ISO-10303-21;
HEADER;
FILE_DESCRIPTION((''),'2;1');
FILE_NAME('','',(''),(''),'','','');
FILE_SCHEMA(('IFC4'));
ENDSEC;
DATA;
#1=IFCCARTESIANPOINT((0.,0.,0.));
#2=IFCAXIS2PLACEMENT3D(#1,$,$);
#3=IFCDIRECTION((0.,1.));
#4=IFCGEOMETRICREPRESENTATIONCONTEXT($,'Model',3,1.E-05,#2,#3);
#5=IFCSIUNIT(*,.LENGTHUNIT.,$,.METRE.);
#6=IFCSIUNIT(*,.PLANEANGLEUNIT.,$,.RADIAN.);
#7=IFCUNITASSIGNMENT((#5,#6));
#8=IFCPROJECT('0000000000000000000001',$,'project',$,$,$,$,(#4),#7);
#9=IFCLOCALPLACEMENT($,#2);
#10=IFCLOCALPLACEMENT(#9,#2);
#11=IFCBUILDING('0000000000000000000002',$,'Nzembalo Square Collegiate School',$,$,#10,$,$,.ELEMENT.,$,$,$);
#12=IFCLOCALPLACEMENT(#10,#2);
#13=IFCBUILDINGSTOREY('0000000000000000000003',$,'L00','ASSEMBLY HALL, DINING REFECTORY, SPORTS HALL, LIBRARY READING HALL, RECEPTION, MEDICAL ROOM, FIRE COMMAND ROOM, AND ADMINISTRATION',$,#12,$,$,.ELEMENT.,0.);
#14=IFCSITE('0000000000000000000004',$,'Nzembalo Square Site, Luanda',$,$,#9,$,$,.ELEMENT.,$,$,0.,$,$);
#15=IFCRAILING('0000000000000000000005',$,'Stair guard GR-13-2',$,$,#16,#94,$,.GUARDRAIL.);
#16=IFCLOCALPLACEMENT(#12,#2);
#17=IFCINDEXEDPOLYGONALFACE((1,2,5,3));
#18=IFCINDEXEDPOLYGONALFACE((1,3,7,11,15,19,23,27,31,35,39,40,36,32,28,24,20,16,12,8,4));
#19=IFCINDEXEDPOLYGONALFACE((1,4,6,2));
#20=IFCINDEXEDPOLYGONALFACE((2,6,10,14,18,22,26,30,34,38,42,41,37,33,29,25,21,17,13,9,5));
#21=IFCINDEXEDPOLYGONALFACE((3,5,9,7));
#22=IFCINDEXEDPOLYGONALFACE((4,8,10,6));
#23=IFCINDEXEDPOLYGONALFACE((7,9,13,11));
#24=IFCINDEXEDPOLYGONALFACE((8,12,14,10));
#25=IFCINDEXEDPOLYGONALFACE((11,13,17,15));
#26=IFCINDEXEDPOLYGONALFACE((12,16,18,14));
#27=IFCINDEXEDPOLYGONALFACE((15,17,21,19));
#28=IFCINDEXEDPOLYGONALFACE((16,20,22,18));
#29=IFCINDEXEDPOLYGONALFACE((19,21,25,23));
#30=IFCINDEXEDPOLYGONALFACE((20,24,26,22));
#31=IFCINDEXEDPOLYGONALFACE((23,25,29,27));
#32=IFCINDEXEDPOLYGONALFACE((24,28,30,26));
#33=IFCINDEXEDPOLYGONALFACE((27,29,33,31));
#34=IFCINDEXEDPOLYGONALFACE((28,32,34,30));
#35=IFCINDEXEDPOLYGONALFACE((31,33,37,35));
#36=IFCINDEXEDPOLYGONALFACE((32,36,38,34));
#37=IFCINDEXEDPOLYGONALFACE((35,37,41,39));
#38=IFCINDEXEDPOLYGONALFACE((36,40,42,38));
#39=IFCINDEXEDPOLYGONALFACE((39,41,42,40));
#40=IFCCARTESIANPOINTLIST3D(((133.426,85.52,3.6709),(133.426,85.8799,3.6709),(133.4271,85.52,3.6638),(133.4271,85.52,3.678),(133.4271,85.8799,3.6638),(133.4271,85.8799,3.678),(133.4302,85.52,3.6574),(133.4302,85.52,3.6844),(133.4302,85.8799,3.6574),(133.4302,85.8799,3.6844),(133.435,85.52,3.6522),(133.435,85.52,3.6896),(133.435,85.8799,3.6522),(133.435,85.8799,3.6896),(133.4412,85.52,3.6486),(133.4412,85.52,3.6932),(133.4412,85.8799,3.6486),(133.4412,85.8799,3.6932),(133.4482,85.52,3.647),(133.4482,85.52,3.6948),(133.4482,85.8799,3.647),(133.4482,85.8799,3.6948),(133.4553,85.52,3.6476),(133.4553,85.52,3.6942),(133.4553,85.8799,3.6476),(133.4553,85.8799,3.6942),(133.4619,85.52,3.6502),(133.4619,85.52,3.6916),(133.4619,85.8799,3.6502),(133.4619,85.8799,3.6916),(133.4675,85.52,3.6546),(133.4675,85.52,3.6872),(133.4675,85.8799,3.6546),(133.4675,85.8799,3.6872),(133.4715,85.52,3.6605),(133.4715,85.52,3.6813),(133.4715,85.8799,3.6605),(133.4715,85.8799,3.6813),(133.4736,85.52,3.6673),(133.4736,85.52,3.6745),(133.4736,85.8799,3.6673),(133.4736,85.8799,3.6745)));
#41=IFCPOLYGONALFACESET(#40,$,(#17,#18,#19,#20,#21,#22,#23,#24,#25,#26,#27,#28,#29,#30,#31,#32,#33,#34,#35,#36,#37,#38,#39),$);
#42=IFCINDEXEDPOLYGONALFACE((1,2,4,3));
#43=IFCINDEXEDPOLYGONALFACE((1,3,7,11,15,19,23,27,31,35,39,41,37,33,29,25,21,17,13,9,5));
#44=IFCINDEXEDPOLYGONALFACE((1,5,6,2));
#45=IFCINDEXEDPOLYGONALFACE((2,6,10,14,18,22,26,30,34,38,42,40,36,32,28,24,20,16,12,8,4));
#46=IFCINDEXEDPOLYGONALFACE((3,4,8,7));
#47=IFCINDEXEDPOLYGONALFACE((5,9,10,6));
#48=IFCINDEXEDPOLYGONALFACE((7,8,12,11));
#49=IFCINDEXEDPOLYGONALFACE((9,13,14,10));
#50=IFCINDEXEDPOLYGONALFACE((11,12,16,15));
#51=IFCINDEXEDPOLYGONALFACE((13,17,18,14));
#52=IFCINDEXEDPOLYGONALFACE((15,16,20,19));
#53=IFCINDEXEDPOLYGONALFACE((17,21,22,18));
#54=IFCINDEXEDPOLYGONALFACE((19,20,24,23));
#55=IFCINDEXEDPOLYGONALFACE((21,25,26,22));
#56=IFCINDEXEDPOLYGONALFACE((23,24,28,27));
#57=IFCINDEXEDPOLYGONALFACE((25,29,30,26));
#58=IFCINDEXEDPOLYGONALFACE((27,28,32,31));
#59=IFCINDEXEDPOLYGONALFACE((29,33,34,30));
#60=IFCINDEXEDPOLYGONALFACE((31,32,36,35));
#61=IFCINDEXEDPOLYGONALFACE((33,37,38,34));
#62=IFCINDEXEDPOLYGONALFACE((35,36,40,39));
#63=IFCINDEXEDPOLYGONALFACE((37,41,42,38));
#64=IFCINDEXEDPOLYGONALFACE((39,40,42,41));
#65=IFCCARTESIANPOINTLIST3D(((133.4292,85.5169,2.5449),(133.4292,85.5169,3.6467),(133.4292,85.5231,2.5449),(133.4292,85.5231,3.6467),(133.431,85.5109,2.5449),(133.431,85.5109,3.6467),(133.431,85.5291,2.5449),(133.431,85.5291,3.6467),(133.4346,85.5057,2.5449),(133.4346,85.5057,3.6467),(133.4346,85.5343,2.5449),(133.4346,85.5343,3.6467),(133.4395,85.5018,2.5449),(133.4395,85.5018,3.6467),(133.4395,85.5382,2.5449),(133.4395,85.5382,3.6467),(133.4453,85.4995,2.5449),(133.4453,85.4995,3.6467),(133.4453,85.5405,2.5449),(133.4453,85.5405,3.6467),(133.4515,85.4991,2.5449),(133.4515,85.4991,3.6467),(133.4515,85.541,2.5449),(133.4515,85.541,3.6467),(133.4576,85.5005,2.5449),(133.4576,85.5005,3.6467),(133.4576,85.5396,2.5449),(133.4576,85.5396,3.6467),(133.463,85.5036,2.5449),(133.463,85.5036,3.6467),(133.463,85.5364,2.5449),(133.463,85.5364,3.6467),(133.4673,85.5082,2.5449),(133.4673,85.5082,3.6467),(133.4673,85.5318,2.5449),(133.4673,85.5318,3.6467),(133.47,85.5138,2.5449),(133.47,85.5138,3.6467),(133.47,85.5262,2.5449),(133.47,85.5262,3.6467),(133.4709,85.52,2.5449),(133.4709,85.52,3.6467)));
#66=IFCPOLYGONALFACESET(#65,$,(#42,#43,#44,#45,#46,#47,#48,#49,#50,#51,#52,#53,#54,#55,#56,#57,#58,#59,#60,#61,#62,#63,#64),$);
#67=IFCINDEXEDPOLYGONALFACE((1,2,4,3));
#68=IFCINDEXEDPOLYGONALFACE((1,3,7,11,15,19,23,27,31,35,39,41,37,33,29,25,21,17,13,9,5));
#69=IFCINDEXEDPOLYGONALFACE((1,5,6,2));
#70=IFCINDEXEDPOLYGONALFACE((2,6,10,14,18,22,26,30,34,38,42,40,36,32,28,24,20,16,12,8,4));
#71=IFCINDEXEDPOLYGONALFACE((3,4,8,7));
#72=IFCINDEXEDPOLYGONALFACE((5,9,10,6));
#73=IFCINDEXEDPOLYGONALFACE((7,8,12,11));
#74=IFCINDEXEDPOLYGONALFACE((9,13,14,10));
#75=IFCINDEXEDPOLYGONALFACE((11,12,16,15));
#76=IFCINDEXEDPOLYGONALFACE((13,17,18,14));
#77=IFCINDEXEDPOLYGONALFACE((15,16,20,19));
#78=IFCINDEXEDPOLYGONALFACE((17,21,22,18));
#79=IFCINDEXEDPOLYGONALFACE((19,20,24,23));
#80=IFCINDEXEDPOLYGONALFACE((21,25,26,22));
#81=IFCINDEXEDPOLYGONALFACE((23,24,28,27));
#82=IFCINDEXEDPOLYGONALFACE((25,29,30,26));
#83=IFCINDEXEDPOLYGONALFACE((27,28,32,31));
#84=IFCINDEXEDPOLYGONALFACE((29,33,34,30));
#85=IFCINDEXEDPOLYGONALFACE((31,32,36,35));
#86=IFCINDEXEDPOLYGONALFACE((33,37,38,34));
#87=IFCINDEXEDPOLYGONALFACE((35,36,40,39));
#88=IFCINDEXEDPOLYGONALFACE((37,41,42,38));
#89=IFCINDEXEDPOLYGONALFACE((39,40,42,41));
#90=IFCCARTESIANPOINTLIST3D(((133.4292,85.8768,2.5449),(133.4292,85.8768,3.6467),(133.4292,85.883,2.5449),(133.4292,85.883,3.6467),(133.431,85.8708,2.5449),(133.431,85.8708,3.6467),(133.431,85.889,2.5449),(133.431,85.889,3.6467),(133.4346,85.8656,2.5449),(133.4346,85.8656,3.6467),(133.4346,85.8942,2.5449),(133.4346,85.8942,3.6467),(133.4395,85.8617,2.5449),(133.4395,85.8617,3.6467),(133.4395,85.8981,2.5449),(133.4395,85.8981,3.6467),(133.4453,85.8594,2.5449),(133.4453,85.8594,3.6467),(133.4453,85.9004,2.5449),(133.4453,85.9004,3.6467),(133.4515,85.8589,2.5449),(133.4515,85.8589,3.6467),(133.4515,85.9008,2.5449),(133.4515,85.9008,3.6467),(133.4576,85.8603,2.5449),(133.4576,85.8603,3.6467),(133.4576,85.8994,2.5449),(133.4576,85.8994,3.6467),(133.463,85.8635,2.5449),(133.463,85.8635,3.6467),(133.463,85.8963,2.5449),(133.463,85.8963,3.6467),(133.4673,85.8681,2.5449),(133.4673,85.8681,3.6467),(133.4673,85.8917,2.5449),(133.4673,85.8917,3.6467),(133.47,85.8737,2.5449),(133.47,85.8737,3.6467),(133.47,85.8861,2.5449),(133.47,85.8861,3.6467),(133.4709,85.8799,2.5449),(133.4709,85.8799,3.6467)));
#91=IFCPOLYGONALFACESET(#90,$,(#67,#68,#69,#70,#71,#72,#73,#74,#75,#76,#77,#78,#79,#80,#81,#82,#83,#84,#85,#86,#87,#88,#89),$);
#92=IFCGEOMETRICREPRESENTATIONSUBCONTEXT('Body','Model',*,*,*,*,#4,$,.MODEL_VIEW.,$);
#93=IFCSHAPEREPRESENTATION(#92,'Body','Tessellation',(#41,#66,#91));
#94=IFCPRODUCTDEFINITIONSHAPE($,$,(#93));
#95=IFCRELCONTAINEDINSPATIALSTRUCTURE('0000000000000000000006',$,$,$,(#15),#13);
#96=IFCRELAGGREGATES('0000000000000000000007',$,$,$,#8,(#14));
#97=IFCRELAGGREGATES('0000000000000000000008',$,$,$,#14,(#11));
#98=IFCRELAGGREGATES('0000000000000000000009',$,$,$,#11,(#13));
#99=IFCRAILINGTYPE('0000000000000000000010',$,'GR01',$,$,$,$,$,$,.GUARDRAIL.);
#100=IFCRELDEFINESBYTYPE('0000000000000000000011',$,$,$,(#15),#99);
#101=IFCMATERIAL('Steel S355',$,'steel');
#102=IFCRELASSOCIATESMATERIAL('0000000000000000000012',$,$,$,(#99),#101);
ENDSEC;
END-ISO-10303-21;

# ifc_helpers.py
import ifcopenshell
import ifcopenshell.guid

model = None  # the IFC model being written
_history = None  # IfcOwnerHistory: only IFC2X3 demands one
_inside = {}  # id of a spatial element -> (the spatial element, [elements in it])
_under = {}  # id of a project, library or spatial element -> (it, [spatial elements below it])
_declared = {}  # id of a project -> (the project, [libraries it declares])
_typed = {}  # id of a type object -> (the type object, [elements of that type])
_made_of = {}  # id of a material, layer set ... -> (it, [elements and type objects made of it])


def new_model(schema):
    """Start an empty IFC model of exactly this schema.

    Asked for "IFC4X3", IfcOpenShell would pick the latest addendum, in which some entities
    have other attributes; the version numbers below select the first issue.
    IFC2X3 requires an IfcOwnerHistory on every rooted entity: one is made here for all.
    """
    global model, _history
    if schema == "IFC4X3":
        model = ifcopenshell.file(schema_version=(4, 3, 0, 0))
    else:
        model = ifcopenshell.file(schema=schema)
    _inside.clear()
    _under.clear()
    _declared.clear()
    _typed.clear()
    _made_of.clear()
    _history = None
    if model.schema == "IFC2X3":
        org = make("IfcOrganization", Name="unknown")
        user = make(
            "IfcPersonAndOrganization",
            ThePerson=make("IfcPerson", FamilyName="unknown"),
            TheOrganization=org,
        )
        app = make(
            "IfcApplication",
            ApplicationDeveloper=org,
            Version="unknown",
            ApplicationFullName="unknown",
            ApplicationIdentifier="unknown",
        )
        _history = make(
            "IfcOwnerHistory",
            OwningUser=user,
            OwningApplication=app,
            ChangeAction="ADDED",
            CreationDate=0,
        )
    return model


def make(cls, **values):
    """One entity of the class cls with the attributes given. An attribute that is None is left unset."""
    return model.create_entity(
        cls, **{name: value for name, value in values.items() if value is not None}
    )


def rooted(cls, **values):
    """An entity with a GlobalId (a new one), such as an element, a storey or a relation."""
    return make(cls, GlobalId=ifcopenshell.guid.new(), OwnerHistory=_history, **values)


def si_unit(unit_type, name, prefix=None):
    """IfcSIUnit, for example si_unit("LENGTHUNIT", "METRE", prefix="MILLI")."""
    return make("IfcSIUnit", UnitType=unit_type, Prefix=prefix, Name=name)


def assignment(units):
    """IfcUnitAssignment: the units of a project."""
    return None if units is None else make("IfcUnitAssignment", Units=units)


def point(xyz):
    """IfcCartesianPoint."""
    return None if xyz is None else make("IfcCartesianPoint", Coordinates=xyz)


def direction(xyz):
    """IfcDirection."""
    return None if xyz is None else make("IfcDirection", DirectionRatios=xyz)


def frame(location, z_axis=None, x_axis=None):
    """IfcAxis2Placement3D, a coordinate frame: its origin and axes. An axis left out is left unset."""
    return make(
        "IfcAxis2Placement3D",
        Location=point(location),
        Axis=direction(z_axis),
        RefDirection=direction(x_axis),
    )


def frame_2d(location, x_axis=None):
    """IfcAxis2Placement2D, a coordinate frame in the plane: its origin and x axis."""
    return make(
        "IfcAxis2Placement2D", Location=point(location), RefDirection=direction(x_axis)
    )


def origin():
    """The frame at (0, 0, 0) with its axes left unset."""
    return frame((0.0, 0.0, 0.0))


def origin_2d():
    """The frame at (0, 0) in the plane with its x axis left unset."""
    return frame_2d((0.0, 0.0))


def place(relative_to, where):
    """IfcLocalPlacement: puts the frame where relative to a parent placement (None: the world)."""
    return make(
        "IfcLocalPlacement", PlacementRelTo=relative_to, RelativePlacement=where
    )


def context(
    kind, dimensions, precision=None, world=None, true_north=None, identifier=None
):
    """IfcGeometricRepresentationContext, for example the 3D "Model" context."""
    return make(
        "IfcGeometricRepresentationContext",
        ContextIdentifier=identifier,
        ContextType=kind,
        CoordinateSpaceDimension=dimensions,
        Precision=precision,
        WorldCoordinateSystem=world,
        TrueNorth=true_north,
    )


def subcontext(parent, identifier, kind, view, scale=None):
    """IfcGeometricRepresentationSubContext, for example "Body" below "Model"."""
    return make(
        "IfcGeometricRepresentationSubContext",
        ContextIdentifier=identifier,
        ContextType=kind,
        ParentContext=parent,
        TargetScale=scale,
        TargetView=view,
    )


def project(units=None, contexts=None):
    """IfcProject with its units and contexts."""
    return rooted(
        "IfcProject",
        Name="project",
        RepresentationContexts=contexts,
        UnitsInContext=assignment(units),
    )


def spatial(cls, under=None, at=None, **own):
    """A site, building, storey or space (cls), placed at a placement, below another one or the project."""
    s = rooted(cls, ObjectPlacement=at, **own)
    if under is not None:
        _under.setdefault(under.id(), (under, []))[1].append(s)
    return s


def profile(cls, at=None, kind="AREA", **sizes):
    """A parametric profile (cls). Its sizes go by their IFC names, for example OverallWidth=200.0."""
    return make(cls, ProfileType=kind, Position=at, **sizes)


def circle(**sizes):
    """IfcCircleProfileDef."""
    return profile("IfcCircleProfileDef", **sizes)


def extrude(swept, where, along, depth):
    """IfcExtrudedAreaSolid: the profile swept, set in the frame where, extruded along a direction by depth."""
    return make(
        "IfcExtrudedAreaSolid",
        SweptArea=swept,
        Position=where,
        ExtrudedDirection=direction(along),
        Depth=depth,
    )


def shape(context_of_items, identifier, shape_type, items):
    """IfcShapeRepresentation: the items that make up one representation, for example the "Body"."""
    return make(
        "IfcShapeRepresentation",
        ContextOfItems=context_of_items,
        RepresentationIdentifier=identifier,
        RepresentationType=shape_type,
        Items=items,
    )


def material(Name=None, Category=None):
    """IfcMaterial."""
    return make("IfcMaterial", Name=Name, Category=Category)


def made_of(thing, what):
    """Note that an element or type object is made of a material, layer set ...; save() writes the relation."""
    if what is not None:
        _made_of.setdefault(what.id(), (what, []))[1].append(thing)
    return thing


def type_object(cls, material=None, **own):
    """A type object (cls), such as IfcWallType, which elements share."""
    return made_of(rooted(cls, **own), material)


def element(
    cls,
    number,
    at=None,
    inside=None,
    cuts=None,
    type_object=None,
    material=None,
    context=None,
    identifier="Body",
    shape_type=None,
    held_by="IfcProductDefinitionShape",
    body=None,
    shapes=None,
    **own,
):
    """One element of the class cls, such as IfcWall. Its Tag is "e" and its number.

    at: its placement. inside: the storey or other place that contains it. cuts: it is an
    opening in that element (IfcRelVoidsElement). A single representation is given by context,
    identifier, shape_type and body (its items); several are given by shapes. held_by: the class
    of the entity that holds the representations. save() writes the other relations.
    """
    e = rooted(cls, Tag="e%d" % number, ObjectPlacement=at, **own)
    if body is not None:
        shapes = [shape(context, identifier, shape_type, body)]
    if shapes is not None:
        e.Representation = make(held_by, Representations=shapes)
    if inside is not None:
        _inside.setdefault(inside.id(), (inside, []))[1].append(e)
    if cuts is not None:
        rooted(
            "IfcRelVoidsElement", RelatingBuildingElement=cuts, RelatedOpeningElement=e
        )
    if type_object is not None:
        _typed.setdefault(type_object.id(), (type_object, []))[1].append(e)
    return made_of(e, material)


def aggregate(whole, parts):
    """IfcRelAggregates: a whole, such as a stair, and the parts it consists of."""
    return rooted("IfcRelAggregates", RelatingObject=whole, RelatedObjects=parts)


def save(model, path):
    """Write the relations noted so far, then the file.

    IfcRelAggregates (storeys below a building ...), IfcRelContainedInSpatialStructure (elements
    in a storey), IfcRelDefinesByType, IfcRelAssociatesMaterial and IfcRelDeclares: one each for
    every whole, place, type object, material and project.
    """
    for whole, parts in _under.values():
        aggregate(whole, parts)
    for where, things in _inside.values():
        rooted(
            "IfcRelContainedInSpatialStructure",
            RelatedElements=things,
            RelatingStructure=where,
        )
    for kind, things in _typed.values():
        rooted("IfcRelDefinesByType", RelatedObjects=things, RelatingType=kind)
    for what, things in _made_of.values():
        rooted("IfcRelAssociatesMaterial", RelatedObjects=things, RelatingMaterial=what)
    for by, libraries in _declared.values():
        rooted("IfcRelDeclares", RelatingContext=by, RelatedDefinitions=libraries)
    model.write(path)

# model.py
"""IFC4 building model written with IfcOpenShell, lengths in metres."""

from ifc_helpers import new_model, si_unit, direction, frame, origin, origin_2d, place, context, subcontext, project, spatial, circle, extrude, material, type_object, element, save


model = new_model("IFC4")

# Units and contexts
model_context = context("Model", 3, precision=1e-05, world=origin(), true_north=direction((0.0, 1.0)))
body_context = subcontext(model_context, "Body", "Model", "MODEL_VIEW")
ifc_project = project(units=[si_unit("LENGTHUNIT", "METRE"), si_unit("PLANEANGLEUNIT", "RADIAN")], contexts=[model_context])

# Site, building, storey
site_placement = place(None, origin())
site = spatial("IfcSite", under=ifc_project, at=site_placement, Name="Nzembalo Square Site, Luanda", CompositionType="ELEMENT", RefElevation=0.0)
building_placement = place(site_placement, origin())
building = spatial("IfcBuilding", under=site, at=building_placement, Name="Nzembalo Square Collegiate School", CompositionType="ELEMENT")
storey_placement = place(building_placement, origin())
storey = spatial("IfcBuildingStorey", under=building, at=storey_placement, Name="L00", Description="ASSEMBLY HALL, DINING REFECTORY, SPORTS HALL, LIBRARY READING HALL, RECEPTION, MEDICAL ROOM, FIRE COMMAND ROOM, AND ADMINISTRATION", CompositionType="ELEMENT", Elevation=0.0)

# Railing
ifc_material_1 = material(Name="Steel S355", Category="steel")
railing_type_1 = type_object("IfcRailingType", Name="GR01", PredefinedType="GUARDRAIL", material=ifc_material_1)
railing_1_placement = place(storey_placement, frame((133.45, 85.52, 2.5449)))
element("IfcRailing", 1, at=railing_1_placement, inside=storey, type_object=railing_type_1, Name="Stair guard GR-13-2", PredefinedType="GUARDRAIL", context=body_context, shape_type="SweptSolid", body=[
    extrude(circle(Radius=0.0239, at=origin_2d()), frame((0.0, 0.0, 1.126), z_axis=(0.0, 1.0, 0.0), x_axis=(-1.0, 0.0, 0.0)), (0.0, 0.0, 1.0), 0.3599),
    extrude(circle(Radius=0.021, at=origin_2d()), origin(), (0.0, 0.0, 1.0), 1.1018),
    extrude(circle(Radius=0.021, at=origin_2d()), frame((0.0, 0.3599, 0.0)), (0.0, 0.0, 1.0), 1.1018),
])

save(model, "model.ifc")
